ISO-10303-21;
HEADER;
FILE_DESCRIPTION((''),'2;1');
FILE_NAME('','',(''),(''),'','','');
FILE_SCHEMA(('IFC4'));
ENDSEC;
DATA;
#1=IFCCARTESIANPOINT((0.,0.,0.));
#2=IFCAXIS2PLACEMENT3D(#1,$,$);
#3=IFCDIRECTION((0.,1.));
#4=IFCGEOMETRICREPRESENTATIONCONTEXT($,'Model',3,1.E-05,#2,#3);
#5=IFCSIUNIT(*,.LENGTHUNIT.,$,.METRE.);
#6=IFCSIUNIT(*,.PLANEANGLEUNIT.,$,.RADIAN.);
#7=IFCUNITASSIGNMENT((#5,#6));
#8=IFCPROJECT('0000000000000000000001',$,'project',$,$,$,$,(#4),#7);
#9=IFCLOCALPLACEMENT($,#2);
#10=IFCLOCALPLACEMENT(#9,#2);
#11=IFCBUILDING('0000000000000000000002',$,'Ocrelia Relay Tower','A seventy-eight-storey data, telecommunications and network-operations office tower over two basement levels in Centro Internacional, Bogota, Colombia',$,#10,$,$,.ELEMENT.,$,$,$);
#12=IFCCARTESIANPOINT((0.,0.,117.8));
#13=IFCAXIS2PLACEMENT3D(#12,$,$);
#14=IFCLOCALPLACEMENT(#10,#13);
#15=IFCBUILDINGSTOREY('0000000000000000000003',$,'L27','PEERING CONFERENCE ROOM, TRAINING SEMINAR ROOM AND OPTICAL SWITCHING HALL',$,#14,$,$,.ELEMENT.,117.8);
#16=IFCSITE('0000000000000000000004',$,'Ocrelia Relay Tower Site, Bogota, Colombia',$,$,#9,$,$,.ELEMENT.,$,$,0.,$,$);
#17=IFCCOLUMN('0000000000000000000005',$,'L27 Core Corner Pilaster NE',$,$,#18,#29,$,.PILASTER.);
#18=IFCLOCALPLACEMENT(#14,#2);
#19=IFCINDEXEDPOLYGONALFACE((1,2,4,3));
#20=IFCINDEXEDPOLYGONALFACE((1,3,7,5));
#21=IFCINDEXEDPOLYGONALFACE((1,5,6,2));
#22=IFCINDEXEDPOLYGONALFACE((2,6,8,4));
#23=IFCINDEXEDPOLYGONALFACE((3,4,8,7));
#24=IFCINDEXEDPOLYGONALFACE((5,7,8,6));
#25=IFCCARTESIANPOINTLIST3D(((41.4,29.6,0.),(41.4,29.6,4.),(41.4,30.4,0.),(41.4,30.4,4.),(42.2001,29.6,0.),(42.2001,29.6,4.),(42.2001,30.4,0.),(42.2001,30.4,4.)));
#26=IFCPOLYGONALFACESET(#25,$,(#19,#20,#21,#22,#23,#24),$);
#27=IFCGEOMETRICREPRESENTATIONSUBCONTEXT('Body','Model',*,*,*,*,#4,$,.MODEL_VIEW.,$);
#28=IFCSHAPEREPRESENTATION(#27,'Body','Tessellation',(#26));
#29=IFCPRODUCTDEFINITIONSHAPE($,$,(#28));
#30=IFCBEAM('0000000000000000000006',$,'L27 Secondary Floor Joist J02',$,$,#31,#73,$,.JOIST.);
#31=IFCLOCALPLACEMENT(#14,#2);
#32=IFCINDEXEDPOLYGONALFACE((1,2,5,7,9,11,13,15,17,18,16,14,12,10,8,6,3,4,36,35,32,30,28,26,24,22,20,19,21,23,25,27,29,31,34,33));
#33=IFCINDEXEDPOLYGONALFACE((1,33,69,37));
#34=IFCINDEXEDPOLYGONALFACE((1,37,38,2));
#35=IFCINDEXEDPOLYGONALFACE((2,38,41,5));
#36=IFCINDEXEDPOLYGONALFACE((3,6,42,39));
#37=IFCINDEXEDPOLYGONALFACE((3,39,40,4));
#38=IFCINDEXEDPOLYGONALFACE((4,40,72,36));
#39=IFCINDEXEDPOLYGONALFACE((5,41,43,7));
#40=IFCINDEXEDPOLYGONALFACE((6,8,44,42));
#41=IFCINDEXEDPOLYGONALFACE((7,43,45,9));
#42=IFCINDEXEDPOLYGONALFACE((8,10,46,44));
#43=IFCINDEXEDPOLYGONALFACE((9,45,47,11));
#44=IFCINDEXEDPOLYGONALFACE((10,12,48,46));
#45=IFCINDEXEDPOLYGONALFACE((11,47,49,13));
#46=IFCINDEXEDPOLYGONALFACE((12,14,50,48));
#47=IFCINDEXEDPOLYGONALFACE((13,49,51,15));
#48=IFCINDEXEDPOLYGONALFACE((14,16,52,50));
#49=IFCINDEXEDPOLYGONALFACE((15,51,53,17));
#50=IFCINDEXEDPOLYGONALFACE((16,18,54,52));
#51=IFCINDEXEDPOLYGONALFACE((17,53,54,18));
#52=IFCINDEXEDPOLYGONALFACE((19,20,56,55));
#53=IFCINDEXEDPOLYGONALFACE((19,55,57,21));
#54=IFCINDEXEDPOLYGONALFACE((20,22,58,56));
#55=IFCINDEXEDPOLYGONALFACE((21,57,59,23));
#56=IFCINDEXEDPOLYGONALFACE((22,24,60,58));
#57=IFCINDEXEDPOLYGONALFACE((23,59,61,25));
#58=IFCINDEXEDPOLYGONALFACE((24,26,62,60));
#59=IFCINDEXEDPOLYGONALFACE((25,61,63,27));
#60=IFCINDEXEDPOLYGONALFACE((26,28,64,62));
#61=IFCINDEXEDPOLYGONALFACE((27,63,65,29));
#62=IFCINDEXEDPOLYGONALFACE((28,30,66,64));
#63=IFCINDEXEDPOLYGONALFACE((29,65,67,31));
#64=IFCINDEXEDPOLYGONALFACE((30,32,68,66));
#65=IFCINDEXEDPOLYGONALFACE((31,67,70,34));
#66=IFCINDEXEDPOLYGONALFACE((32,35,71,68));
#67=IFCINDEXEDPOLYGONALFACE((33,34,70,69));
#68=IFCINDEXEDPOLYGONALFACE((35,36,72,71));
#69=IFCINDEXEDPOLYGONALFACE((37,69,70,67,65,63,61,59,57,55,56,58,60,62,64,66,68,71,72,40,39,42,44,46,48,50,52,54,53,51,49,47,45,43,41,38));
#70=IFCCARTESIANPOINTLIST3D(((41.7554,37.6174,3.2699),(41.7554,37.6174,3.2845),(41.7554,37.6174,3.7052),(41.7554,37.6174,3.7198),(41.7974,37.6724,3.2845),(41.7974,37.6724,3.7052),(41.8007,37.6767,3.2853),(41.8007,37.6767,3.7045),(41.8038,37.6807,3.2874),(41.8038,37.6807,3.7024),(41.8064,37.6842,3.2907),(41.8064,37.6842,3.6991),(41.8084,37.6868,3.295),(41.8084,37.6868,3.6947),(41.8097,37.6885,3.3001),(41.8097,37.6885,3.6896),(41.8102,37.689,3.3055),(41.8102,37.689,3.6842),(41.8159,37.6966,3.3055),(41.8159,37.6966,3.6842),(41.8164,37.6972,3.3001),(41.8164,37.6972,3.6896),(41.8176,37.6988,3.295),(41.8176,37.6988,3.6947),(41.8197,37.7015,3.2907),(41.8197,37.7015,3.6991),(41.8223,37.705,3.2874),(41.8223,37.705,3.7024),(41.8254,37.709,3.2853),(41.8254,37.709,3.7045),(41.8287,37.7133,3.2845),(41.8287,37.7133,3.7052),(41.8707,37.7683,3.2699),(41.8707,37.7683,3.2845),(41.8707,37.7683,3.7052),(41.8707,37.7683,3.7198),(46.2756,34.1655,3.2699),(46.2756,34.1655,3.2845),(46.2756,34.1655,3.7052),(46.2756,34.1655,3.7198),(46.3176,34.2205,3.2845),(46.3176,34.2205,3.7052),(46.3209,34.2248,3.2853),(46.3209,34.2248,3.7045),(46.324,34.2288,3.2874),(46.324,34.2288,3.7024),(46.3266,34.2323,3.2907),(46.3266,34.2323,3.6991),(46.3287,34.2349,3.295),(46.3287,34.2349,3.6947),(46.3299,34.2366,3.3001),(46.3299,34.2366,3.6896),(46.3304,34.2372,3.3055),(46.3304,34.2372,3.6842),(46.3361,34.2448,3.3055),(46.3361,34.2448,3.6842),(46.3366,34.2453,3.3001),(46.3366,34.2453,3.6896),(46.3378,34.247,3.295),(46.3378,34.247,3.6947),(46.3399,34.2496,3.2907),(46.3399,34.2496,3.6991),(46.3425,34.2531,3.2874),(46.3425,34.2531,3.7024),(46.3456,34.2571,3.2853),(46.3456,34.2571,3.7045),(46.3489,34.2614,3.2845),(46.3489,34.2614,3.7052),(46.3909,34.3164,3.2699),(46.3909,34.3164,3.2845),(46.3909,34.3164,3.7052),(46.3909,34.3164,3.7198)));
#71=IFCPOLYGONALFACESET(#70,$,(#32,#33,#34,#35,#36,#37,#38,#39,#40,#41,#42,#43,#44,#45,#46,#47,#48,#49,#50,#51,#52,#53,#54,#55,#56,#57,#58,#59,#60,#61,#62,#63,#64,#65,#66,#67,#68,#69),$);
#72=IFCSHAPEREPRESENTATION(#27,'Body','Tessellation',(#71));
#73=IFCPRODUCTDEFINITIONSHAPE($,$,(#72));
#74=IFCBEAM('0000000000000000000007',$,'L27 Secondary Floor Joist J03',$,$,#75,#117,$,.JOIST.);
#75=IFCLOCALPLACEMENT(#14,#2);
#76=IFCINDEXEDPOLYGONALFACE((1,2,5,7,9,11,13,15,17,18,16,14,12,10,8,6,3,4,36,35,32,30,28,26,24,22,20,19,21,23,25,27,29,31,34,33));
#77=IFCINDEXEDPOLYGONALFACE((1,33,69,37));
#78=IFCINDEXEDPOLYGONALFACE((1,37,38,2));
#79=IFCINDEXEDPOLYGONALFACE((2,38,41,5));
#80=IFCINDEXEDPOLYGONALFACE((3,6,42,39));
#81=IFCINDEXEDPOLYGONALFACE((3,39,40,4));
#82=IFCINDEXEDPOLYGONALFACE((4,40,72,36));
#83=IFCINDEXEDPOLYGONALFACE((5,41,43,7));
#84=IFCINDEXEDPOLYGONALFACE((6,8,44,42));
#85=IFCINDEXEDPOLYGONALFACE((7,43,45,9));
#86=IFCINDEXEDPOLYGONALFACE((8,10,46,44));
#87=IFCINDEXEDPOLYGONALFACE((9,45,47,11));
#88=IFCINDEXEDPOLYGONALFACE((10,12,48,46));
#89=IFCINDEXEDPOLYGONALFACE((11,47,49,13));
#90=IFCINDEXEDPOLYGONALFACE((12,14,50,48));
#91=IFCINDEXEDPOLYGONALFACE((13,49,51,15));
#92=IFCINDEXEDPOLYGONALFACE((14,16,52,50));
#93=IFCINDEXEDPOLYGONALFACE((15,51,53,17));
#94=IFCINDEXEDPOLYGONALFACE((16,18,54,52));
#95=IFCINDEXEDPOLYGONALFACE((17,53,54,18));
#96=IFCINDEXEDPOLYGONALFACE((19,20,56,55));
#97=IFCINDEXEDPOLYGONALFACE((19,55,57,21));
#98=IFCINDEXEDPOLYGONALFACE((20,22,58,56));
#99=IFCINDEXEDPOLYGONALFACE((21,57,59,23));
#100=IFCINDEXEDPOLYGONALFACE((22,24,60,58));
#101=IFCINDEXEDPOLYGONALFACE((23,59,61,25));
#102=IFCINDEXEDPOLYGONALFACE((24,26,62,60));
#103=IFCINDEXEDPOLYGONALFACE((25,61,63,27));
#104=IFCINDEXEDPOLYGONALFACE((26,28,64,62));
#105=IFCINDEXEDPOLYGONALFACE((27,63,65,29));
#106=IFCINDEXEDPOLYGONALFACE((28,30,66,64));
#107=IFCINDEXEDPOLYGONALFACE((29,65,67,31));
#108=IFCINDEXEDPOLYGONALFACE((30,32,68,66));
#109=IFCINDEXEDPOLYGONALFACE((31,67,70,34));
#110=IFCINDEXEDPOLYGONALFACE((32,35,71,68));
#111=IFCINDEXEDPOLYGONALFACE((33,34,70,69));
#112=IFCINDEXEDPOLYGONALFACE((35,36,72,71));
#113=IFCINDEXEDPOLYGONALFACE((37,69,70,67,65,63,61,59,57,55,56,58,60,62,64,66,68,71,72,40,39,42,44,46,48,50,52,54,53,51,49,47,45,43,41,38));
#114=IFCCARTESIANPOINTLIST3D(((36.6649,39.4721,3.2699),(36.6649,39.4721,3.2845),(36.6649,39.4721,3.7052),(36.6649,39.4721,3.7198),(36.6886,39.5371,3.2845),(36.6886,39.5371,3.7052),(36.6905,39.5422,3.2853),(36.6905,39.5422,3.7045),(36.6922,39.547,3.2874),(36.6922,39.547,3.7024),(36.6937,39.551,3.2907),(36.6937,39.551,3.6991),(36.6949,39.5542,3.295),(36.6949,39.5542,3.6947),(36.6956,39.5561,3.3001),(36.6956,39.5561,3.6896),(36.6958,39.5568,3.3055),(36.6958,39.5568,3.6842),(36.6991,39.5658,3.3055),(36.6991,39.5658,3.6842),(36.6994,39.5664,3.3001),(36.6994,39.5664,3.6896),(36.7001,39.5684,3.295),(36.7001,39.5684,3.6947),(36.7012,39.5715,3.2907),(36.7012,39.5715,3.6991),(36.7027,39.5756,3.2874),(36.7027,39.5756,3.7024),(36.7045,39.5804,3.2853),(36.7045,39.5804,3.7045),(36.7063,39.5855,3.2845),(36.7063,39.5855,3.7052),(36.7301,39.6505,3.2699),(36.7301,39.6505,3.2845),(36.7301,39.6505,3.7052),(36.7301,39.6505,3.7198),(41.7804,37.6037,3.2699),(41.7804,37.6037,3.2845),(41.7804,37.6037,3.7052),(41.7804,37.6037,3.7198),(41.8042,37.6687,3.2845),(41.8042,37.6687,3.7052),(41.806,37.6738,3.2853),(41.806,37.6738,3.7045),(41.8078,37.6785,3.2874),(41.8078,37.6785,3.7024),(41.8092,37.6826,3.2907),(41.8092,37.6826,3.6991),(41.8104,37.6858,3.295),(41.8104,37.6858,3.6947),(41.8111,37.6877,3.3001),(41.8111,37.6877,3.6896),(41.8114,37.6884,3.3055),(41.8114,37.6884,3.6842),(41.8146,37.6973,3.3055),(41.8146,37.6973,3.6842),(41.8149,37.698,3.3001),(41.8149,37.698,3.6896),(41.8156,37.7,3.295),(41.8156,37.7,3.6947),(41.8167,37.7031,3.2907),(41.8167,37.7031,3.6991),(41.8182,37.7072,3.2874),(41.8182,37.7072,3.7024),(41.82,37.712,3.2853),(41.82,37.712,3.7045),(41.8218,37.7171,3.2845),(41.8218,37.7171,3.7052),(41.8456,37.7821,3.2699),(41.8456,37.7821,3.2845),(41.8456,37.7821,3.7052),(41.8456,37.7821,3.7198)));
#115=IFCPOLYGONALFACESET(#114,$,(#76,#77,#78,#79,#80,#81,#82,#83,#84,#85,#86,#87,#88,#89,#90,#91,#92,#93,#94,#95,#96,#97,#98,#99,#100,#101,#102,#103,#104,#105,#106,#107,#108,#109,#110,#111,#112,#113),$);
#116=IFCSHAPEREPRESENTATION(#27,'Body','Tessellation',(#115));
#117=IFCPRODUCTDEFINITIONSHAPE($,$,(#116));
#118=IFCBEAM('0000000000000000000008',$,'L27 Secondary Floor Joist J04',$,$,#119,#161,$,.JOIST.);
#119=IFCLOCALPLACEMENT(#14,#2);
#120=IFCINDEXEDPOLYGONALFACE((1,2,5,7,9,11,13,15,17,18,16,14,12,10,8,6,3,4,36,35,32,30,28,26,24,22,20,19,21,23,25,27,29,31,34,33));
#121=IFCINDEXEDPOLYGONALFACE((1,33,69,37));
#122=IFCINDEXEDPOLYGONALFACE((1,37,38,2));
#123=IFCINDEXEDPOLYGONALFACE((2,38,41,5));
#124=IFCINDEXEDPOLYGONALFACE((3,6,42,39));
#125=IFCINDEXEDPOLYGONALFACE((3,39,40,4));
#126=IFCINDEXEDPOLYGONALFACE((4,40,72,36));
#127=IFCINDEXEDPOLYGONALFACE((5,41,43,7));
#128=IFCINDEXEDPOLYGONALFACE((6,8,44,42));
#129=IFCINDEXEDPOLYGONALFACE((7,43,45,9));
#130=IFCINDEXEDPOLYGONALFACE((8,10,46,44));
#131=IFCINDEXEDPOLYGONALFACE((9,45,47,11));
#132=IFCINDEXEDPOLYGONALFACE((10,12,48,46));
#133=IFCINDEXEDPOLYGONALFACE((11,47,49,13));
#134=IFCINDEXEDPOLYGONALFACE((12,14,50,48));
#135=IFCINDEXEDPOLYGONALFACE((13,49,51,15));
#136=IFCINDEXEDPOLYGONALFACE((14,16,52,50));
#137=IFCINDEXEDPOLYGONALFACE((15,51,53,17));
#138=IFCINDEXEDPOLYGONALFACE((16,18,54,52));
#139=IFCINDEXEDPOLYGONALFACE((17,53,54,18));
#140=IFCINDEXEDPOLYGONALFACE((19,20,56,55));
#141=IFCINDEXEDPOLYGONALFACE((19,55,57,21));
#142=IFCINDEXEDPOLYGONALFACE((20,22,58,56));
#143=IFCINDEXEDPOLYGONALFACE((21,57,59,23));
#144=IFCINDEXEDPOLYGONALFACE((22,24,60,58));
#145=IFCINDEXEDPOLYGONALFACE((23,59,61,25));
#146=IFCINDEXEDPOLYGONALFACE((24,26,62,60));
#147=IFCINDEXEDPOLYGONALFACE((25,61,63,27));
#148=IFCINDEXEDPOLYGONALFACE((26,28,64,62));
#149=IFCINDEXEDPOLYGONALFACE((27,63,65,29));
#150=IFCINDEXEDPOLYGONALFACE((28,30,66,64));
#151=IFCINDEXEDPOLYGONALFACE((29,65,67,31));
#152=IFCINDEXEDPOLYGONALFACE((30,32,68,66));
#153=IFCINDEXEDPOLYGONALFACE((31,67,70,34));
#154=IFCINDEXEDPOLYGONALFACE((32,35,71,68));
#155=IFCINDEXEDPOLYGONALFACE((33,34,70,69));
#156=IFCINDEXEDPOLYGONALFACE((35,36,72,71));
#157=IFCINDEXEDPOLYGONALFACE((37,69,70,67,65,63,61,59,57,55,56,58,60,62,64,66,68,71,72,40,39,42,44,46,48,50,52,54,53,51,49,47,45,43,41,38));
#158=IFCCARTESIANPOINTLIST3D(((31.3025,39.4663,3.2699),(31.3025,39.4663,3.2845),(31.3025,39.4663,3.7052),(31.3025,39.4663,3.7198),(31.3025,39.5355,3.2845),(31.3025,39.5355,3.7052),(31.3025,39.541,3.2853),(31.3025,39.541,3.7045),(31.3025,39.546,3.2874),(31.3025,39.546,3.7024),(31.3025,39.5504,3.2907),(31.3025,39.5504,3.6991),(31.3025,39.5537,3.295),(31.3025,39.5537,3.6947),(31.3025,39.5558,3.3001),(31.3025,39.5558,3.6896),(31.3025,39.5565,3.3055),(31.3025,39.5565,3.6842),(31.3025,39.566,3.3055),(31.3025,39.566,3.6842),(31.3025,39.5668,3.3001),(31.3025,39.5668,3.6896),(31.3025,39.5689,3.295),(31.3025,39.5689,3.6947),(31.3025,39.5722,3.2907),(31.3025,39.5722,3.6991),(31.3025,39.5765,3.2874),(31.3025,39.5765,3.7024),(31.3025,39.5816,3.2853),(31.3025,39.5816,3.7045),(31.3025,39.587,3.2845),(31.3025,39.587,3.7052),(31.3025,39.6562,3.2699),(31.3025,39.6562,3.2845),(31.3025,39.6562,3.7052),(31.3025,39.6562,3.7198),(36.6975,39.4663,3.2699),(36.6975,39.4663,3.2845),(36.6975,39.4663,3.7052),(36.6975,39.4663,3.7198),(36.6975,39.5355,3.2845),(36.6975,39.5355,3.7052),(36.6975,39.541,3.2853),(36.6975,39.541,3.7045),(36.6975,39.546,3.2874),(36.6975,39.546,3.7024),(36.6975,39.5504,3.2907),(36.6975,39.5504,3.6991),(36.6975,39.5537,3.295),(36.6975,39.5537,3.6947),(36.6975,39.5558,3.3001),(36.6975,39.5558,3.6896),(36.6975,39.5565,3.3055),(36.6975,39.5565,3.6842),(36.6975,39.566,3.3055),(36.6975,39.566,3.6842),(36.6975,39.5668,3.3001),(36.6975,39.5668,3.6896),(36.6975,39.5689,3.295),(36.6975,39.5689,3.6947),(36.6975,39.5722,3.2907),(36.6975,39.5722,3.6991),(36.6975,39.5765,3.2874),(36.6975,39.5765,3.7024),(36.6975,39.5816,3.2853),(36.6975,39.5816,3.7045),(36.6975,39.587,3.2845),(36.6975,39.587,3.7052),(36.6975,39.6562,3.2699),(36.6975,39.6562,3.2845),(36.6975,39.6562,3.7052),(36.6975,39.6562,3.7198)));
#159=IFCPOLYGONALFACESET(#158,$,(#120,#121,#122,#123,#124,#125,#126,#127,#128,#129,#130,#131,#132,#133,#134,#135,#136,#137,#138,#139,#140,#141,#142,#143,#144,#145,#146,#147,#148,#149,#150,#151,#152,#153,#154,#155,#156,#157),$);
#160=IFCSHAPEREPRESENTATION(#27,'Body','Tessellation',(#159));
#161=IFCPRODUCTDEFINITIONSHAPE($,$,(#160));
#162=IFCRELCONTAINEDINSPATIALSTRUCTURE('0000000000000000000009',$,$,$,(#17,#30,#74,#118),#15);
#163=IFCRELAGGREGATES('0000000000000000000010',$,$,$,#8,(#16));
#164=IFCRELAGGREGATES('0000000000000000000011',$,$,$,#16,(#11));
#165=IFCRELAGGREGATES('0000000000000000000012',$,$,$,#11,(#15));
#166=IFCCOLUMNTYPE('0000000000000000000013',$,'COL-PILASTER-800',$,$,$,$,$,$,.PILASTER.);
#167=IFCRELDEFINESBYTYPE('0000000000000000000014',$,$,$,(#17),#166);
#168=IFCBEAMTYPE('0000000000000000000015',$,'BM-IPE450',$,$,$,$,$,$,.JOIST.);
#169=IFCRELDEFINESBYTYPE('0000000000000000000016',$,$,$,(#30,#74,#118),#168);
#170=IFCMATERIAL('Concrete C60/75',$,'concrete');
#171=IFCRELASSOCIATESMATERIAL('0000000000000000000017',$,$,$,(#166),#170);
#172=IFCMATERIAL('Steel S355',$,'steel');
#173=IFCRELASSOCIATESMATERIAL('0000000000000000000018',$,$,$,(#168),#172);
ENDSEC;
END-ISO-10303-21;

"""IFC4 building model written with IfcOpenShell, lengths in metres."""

from ifc_helpers import new_model, si_unit, direction, frame, origin, origin_2d, place, context, subcontext, project, spatial, rectangle, i_section, extrude, material, material_profile, profile_set, type_object, element, save


model = new_model("IFC4")

# Units and contexts
model_context = context("Model", 3, precision=1e-05, world=origin(), true_north=direction((0.0, 1.0)))
body_context = subcontext(model_context, "Body", "Model", "MODEL_VIEW")
ifc_project = project(units=[si_unit("LENGTHUNIT", "METRE"), si_unit("PLANEANGLEUNIT", "RADIAN")], contexts=[model_context])

# Site, building, storey
site_placement = place(None, origin())
site = spatial("IfcSite", under=ifc_project, at=site_placement, Name="Ocrelia Relay Tower Site, Bogota, Colombia", CompositionType="ELEMENT", RefElevation=0.0)
building_placement = place(site_placement, origin())
building = spatial("IfcBuilding", under=site, at=building_placement, Name="Ocrelia Relay Tower", Description="A seventy-eight-storey data, telecommunications and network-operations office tower over two basement levels in Centro Internacional, Bogota, Colombia", CompositionType="ELEMENT")
storey_placement = place(building_placement, frame((0.0, 0.0, 117.8)))
storey = spatial("IfcBuildingStorey", under=building, at=storey_placement, Name="L27", Description="PEERING CONFERENCE ROOM, TRAINING SEMINAR ROOM AND OPTICAL SWITCHING HALL", CompositionType="ELEMENT", Elevation=117.8)

# Column
ifc_material_1 = material(Name="Concrete C60/75", Category="concrete")
ifc_material_profile_1 = material_profile(ifc_material_1, rectangle(XDim=0.8, YDim=0.8, at=origin_2d()), Name="RC-COL-800x800")
ifc_profile_set_1 = profile_set([ifc_material_profile_1], Name="Concrete C60/75")
column_type = type_object("IfcColumnType", Name="COL-PILASTER-800", PredefinedType="PILASTER", material=ifc_profile_set_1)
column_placement = place(storey_placement, frame((41.8, 30.0, 0.0), z_axis=(0.0, 0.0, 1.0), x_axis=(1.0, 0.0, 0.0)))
element("IfcColumn", 1, at=column_placement, inside=storey, type_object=column_type, Name="L27 Core Corner Pilaster NE", PredefinedType="PILASTER", context=body_context, shape_type="SweptSolid", body=[
    extrude(rectangle(XDim=0.8, YDim=0.8, at=origin_2d()), origin(), (0.0, 0.0, 1.0), 4.0),
])

# Beams
ifc_material_2 = material(Name="Steel S355", Category="steel")
ifc_material_profile_2 = material_profile(ifc_material_2, i_section(OverallWidth=0.1899, OverallDepth=0.45, WebThickness=0.0095, FlangeThickness=0.0146, FilletRadius=0.021, at=origin_2d()), Name="IPE 450")
ifc_profile_set_2 = profile_set([ifc_material_profile_2], Name="Steel S355")
beam_type = type_object("IfcBeamType", Name="BM-IPE450", PredefinedType="JOIST", material=ifc_profile_set_2)
beam_1_placement = place(storey_placement, frame((46.3333, 34.241, 3.4949), z_axis=(-0.794762, 0.606921, 0.0), x_axis=(-0.606921, -0.794762, 0.0)))
element("IfcBeam", 2, at=beam_1_placement, inside=storey, type_object=beam_type, Name="L27 Secondary Floor Joist J02", PredefinedType="JOIST", context=body_context, shape_type="SweptSolid", body=[
    extrude(i_section(OverallWidth=0.1899, OverallDepth=0.45, WebThickness=0.0095, FlangeThickness=0.0146, FilletRadius=0.021, at=origin_2d()), origin(), (0.0, 0.0, 1.0), 5.6875),
])
beam_2_placement = place(storey_placement, frame((41.813, 37.6929, 3.4949), z_axis=(-0.939307, 0.343078, 0.0), x_axis=(-0.343078, -0.939307, 0.0)))
element("IfcBeam", 3, at=beam_2_placement, inside=storey, type_object=beam_type, Name="L27 Secondary Floor Joist J03", PredefinedType="JOIST", context=body_context, shape_type="SweptSolid", body=[
    extrude(i_section(OverallWidth=0.1899, OverallDepth=0.45, WebThickness=0.0095, FlangeThickness=0.0146, FilletRadius=0.021, at=origin_2d()), origin(), (0.0, 0.0, 1.0), 5.446),
])
beam_3_placement = place(storey_placement, frame((36.6975, 39.5613, 3.4949), z_axis=(-1.0, 0.0, 0.0), x_axis=(0.0, -1.0, 0.0)))
element("IfcBeam", 4, at=beam_3_placement, inside=storey, type_object=beam_type, Name="L27 Secondary Floor Joist J04", PredefinedType="JOIST", context=body_context, shape_type="SweptSolid", body=[
    extrude(i_section(OverallWidth=0.1899, OverallDepth=0.45, WebThickness=0.0095, FlangeThickness=0.0146, FilletRadius=0.021, at=origin_2d()), origin(), (0.0, 0.0, 1.0), 5.395),
])

save(model, "model.ifc")
